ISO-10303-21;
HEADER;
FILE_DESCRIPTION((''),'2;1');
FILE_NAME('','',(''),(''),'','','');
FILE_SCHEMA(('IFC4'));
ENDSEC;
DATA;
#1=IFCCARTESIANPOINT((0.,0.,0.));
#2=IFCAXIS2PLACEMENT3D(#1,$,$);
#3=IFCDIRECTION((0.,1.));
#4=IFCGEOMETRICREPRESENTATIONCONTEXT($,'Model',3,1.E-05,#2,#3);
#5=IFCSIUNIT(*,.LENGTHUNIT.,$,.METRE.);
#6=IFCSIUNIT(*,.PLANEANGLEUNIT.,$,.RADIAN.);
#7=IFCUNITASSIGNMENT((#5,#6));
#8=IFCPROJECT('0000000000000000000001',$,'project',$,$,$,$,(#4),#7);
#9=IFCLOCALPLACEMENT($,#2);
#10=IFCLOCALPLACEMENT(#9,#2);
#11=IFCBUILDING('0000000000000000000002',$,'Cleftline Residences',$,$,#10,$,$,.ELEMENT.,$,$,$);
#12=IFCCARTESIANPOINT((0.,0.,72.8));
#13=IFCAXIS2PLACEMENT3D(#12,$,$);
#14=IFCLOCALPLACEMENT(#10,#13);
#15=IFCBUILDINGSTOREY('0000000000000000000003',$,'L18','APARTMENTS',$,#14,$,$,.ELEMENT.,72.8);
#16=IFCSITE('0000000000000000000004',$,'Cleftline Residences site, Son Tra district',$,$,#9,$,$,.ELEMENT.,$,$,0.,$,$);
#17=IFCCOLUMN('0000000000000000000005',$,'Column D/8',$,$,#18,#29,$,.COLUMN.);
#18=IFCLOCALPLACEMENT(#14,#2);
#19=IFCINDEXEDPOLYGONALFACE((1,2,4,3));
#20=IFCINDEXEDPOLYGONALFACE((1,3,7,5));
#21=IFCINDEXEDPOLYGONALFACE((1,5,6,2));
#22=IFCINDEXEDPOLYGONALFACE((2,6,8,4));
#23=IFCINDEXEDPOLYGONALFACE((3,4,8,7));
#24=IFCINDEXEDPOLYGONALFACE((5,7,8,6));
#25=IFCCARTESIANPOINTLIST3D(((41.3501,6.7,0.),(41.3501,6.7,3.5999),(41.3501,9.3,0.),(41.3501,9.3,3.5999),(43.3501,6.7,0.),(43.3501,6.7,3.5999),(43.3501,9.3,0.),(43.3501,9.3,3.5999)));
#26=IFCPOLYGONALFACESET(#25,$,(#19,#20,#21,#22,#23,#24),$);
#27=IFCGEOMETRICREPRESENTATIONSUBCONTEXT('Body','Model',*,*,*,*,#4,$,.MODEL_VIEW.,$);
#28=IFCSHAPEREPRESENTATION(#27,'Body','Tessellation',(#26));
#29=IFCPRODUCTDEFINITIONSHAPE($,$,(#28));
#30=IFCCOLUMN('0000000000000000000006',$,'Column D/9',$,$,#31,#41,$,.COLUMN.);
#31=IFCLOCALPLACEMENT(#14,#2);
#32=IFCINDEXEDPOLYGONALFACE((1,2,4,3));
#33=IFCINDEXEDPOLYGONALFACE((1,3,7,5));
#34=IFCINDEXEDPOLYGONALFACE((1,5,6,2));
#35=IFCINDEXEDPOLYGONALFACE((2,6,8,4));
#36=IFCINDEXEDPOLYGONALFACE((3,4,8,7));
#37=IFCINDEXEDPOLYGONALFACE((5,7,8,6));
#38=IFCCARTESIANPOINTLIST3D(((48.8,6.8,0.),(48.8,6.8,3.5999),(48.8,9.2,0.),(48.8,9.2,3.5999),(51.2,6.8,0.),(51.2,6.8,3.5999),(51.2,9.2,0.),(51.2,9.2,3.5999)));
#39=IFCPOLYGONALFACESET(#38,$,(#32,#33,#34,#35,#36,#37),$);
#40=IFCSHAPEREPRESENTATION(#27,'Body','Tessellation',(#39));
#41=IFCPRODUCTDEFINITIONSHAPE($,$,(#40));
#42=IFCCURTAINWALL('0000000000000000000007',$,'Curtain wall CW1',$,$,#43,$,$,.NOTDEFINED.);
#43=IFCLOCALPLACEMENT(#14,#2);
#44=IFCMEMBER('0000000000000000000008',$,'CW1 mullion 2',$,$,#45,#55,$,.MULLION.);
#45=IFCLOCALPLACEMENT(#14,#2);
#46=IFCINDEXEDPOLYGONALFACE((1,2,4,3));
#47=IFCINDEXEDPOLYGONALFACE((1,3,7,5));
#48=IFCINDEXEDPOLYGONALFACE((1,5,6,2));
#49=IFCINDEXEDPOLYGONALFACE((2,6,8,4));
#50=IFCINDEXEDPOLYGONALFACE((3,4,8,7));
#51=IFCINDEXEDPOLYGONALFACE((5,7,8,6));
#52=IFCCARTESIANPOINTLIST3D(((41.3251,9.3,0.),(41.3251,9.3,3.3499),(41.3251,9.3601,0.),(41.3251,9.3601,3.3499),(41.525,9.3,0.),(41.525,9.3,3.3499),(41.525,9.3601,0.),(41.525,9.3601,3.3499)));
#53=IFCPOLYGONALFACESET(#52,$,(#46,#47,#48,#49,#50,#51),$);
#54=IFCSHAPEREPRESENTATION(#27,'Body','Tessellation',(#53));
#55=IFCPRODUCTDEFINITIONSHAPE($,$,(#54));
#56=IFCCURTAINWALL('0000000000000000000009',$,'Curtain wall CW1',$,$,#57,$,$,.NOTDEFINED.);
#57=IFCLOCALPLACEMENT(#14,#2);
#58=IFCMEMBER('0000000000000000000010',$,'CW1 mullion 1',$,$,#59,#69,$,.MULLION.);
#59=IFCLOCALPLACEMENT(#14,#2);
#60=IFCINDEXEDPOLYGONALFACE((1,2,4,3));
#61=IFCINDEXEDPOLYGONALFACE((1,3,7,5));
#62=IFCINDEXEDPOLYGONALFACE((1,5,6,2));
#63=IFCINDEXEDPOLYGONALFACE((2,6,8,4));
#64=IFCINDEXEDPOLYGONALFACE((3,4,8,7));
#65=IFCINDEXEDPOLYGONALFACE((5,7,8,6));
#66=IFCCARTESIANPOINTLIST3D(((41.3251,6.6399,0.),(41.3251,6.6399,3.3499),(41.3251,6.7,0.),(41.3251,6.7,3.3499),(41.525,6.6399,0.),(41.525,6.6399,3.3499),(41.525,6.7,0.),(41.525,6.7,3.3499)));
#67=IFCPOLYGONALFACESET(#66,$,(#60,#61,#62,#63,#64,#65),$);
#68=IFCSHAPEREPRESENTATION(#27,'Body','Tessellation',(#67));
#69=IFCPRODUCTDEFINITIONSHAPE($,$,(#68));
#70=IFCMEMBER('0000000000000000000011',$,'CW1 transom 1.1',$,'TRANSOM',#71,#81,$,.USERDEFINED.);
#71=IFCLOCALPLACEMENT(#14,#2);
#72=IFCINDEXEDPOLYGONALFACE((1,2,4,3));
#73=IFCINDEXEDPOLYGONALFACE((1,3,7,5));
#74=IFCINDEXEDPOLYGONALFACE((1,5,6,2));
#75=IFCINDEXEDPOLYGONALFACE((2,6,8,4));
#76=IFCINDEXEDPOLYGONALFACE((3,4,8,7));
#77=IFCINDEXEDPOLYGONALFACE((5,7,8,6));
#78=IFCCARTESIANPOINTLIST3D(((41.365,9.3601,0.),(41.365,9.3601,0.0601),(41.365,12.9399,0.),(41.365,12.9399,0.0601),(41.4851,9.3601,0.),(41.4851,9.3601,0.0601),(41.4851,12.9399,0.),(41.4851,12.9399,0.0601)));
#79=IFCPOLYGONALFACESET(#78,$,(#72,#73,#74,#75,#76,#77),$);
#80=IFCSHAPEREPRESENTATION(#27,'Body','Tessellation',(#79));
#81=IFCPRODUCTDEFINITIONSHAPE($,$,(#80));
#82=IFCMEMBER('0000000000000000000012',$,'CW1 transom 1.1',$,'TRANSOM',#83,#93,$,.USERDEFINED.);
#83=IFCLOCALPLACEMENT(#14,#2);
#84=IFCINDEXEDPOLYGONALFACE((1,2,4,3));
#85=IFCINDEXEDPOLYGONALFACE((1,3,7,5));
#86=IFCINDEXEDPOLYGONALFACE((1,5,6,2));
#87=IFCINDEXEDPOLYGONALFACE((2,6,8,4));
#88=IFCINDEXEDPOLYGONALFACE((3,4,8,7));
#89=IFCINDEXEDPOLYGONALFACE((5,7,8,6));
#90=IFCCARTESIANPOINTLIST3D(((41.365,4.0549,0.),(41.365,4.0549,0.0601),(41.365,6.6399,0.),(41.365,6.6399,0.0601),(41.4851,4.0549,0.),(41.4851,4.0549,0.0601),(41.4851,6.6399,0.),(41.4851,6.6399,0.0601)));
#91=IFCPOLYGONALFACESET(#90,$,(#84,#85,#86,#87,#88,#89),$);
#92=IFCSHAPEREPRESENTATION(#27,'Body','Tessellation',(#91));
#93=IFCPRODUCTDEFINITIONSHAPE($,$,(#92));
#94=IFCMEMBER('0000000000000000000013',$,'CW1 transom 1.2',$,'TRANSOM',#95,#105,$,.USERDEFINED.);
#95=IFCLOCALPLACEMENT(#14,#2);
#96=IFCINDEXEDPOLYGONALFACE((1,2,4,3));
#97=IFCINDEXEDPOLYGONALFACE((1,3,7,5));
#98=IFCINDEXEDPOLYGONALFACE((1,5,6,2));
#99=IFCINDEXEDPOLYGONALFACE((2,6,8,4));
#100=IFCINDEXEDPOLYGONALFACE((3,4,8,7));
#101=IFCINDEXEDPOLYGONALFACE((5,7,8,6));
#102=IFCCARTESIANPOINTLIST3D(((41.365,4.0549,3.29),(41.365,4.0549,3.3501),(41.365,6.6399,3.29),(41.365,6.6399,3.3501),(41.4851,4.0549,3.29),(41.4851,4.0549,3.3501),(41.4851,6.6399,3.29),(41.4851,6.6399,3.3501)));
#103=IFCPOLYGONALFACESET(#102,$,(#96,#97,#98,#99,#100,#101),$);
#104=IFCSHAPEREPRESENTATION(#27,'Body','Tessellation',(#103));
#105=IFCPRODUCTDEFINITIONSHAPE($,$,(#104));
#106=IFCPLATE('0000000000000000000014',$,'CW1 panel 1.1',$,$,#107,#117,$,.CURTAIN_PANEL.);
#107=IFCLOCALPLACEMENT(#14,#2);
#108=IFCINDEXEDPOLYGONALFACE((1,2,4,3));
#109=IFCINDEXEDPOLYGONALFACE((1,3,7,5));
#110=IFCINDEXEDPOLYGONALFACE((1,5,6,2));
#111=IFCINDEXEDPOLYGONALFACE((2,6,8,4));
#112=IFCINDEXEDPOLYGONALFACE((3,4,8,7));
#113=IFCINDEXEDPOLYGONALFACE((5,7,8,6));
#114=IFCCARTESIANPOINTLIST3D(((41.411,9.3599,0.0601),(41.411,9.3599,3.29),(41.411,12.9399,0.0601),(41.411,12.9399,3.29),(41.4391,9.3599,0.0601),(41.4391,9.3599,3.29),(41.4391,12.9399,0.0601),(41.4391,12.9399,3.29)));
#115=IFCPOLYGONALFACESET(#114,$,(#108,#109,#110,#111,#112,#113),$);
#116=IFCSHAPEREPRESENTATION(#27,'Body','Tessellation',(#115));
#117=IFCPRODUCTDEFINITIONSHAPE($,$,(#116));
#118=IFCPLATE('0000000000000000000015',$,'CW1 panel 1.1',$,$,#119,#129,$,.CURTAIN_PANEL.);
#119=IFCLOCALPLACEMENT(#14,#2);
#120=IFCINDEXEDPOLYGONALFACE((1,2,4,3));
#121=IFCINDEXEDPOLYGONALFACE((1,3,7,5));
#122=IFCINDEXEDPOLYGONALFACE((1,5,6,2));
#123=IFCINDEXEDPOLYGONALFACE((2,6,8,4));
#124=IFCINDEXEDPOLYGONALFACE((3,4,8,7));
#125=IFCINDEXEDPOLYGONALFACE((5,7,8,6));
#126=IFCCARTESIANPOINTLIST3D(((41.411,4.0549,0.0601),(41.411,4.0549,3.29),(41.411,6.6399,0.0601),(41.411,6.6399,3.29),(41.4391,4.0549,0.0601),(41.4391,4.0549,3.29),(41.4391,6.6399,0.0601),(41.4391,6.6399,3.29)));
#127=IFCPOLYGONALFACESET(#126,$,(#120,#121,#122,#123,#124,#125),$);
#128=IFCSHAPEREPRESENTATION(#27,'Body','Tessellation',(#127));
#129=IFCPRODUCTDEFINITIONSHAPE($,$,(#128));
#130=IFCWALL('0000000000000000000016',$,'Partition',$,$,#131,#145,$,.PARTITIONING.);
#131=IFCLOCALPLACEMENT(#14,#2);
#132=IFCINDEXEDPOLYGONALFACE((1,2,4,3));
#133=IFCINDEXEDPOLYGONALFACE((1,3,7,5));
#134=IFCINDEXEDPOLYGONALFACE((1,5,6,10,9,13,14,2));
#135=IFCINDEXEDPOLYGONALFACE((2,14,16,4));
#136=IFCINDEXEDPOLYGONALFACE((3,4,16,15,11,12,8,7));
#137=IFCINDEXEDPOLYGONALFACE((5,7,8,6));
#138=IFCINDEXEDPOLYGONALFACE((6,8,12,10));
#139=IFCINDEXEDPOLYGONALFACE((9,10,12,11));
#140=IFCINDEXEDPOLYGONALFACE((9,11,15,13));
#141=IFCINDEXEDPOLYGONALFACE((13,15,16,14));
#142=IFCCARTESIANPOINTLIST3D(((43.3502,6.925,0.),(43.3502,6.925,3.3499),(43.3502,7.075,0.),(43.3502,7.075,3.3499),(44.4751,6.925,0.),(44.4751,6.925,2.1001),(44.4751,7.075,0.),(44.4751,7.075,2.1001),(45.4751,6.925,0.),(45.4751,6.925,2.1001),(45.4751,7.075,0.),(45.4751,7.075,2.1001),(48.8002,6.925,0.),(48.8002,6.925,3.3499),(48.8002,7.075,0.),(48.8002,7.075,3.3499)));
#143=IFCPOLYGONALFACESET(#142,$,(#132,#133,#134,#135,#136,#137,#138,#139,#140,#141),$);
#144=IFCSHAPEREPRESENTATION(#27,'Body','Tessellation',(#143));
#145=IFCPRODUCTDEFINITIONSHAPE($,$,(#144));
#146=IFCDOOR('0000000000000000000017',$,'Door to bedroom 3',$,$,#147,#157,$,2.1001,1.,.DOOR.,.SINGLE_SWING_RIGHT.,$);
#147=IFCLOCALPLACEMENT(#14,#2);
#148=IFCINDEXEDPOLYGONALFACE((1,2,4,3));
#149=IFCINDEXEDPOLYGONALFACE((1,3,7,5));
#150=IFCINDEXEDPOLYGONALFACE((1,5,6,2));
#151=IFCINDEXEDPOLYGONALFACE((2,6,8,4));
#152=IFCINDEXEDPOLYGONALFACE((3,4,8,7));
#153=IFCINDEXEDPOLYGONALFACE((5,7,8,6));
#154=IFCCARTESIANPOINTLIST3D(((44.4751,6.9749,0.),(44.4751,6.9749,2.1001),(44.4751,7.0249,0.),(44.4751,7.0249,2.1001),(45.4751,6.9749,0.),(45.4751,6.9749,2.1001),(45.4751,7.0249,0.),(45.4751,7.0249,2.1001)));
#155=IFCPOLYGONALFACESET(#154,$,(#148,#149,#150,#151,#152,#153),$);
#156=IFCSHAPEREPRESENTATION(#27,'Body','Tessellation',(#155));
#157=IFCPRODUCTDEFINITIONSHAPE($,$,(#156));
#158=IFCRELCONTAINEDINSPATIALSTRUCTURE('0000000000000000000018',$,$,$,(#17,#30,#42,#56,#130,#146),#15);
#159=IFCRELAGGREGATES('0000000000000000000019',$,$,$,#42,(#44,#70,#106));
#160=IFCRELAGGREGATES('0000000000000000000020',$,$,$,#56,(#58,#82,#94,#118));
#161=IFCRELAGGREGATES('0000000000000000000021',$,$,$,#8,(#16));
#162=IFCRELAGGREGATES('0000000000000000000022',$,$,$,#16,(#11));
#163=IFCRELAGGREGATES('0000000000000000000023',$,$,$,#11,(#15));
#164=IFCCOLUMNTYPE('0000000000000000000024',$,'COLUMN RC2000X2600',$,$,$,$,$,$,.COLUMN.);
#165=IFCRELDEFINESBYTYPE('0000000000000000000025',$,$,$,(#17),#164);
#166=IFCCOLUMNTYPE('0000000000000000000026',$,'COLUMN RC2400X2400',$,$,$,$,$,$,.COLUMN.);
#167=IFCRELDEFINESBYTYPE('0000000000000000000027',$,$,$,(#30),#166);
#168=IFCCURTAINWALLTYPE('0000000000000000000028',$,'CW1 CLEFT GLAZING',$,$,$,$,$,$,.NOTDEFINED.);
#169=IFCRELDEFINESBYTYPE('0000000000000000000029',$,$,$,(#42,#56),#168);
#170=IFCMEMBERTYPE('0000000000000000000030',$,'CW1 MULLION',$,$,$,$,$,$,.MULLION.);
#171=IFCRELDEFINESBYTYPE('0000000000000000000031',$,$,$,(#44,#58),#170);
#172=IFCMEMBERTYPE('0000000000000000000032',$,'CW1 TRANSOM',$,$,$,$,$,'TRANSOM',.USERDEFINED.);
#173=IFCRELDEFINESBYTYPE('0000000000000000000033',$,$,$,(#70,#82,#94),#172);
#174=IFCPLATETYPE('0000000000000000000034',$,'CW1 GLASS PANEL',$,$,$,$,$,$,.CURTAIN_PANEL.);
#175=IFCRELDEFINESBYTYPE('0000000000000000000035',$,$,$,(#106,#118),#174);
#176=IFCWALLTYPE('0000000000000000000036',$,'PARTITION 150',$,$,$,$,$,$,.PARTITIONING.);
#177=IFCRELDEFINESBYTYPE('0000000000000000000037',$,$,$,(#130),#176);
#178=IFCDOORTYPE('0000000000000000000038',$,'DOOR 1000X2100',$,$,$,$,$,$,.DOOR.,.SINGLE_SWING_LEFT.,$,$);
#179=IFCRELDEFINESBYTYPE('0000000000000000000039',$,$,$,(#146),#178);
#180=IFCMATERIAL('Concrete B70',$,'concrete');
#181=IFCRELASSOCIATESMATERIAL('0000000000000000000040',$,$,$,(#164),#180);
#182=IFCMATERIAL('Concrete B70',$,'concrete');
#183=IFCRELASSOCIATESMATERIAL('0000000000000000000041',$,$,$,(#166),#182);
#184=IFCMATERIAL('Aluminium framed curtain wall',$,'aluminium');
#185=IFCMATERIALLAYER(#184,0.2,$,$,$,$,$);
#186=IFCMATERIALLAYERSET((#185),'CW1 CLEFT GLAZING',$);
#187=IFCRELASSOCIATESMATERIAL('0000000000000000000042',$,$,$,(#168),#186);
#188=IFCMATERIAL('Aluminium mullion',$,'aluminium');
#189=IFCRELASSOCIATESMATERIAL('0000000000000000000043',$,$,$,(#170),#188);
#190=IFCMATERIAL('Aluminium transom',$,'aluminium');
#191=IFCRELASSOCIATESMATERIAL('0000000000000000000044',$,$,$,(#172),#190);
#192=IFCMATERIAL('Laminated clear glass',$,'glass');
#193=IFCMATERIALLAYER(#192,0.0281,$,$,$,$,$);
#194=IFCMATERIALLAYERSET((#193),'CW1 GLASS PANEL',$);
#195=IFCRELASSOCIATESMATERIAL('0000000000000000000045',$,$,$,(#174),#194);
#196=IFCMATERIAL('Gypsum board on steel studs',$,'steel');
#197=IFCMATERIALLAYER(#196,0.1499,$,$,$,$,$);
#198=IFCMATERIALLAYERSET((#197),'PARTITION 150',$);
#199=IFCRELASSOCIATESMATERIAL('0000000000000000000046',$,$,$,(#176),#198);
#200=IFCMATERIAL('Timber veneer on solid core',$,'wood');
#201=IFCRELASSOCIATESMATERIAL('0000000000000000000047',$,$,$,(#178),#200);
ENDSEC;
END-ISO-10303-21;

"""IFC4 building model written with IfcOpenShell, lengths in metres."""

from ifc_helpers import new_model, si_unit, direction, frame, frame_2d, origin, origin_2d, place, context, subcontext, project, spatial, rectangle, extrude, material, layer, layer_set, material_profile, profile_set, type_object, element, fill, aggregate, save


model = new_model("IFC4")

# Units and contexts
model_context = context("Model", 3, precision=1e-05, world=origin(), true_north=direction((0.0, 1.0)))
body_context = subcontext(model_context, "Body", "Model", "MODEL_VIEW")
ifc_project = project(units=[si_unit("LENGTHUNIT", "METRE"), si_unit("PLANEANGLEUNIT", "RADIAN")], contexts=[model_context])

# Site, building, storey
site_placement = place(None, origin())
site = spatial("IfcSite", under=ifc_project, at=site_placement, Name="Cleftline Residences site, Son Tra district", CompositionType="ELEMENT", RefElevation=0.0)
building_placement = place(site_placement, origin())
building = spatial("IfcBuilding", under=site, at=building_placement, Name="Cleftline Residences", CompositionType="ELEMENT")
storey_placement = place(building_placement, frame((0.0, 0.0, 72.8)))
storey = spatial("IfcBuildingStorey", under=building, at=storey_placement, Name="L18", Description="APARTMENTS", CompositionType="ELEMENT", Elevation=72.8)

# Columns
ifc_material_1 = material(Name="Concrete B70", Category="concrete")
ifc_material_profile_1 = material_profile(ifc_material_1, rectangle(XDim=2.0, YDim=2.6001, at=origin_2d()))
ifc_profile_set_1 = profile_set([ifc_material_profile_1], Name="Concrete B70")
column_type_1 = type_object("IfcColumnType", Name="COLUMN RC2000X2600", PredefinedType="COLUMN", material=ifc_profile_set_1)
column_1_placement = place(storey_placement, frame((42.3501, 8.0, 0.0), z_axis=(0.0, 0.0, 1.0), x_axis=(1.0, 0.0, 0.0)))
element("IfcColumn", 1, at=column_1_placement, inside=storey, type_object=column_type_1, Name="Column D/8", PredefinedType="COLUMN", context=body_context, shape_type="SweptSolid", body=[
    extrude(rectangle(XDim=2.0, YDim=2.6001, at=origin_2d()), origin(), (0.0, 0.0, 1.0), 3.5999),
])
ifc_material_2 = material(Name="Concrete B70", Category="concrete")
ifc_material_profile_2 = material_profile(ifc_material_2, rectangle(XDim=2.3999, YDim=2.3999, at=origin_2d()))
ifc_profile_set_2 = profile_set([ifc_material_profile_2], Name="Concrete B70")
column_type_2 = type_object("IfcColumnType", Name="COLUMN RC2400X2400", PredefinedType="COLUMN", material=ifc_profile_set_2)
column_2_placement = place(storey_placement, frame((50.0, 8.0, 0.0), z_axis=(0.0, 0.0, 1.0), x_axis=(1.0, 0.0, 0.0)))
element("IfcColumn", 2, at=column_2_placement, inside=storey, type_object=column_type_2, Name="Column D/9", PredefinedType="COLUMN", context=body_context, shape_type="SweptSolid", body=[
    extrude(rectangle(XDim=2.3999, YDim=2.3999, at=origin_2d()), origin(), (0.0, 0.0, 1.0), 3.5999),
])

# Curtain walls, members
ifc_material_3 = material(Name="Aluminium framed curtain wall", Category="aluminium")
ifc_layer_1 = layer(ifc_material_3, 0.2)
ifc_layer_set_1 = layer_set([ifc_layer_1], Name="CW1 CLEFT GLAZING")
curtain_wall_type = type_object("IfcCurtainWallType", Name="CW1 CLEFT GLAZING", PredefinedType="NOTDEFINED", material=ifc_layer_set_1)
curtain_wall_1_placement = place(storey_placement, origin())
curtain_wall_1 = element("IfcCurtainWall", 3, at=curtain_wall_1_placement, inside=storey, type_object=curtain_wall_type, Name="Curtain wall CW1", PredefinedType="NOTDEFINED")
ifc_material_4 = material(Name="Aluminium mullion", Category="aluminium")
ifc_material_profile_3 = material_profile(ifc_material_4, rectangle(XDim=0.2, YDim=0.0601, at=origin_2d()))
ifc_profile_set_3 = profile_set([ifc_material_profile_3], Name="Aluminium mullion")
member_type_1 = type_object("IfcMemberType", Name="CW1 MULLION", PredefinedType="MULLION", material=ifc_profile_set_3)
member_1_placement = place(storey_placement, frame((41.425, 9.3301, 0.0), z_axis=(0.0, 0.0, 1.0), x_axis=(1.0, 0.0, 0.0)))
member_1 = element("IfcMember", 4, at=member_1_placement, type_object=member_type_1, Name="CW1 mullion 2", PredefinedType="MULLION", context=body_context, shape_type="SweptSolid", body=[
    extrude(rectangle(XDim=0.2, YDim=0.0601, at=origin_2d()), origin(), (0.0, 0.0, 1.0), 3.3499),
])
curtain_wall_2_placement = place(storey_placement, origin())
curtain_wall_2 = element("IfcCurtainWall", 5, at=curtain_wall_2_placement, inside=storey, type_object=curtain_wall_type, Name="Curtain wall CW1", PredefinedType="NOTDEFINED")
member_2_placement = place(storey_placement, frame((41.425, 6.6699, 0.0), z_axis=(0.0, 0.0, 1.0), x_axis=(1.0, 0.0, 0.0)))
member_2 = element("IfcMember", 6, at=member_2_placement, type_object=member_type_1, Name="CW1 mullion 1", PredefinedType="MULLION", context=body_context, shape_type="SweptSolid", body=[
    extrude(rectangle(XDim=0.2, YDim=0.0601, at=origin_2d()), origin(), (0.0, 0.0, 1.0), 3.3499),
])

# Members
ifc_material_5 = material(Name="Aluminium transom", Category="aluminium")
ifc_material_profile_4 = material_profile(ifc_material_5, rectangle(XDim=0.1201, YDim=0.0601, at=origin_2d()))
ifc_profile_set_4 = profile_set([ifc_material_profile_4], Name="Aluminium transom")
member_type_2 = type_object("IfcMemberType", Name="CW1 TRANSOM", ElementType="TRANSOM", PredefinedType="USERDEFINED", material=ifc_profile_set_4)
member_3_placement = place(storey_placement, frame((41.425, 12.9399, 0.03), z_axis=(0.0, -1.0, 0.0), x_axis=(1.0, 0.0, 0.0)))
member_3 = element("IfcMember", 7, at=member_3_placement, type_object=member_type_2, Name="CW1 transom 1.1", ObjectType="TRANSOM", PredefinedType="USERDEFINED", context=body_context, shape_type="SweptSolid", body=[
    extrude(rectangle(XDim=0.1201, YDim=0.0601, at=origin_2d()), origin(), (0.0, 0.0, 1.0), 3.5798),
])
member_4_placement = place(storey_placement, frame((41.425, 6.6399, 0.03), z_axis=(0.0, -1.0, 0.0), x_axis=(1.0, 0.0, 0.0)))
member_4 = element("IfcMember", 8, at=member_4_placement, type_object=member_type_2, Name="CW1 transom 1.1", ObjectType="TRANSOM", PredefinedType="USERDEFINED", context=body_context, shape_type="SweptSolid", body=[
    extrude(rectangle(XDim=0.1201, YDim=0.0601, at=origin_2d()), origin(), (0.0, 0.0, 1.0), 2.585),
])
member_5_placement = place(storey_placement, frame((41.425, 6.6399, 3.3201), z_axis=(0.0, -1.0, 0.0), x_axis=(1.0, 0.0, 0.0)))
member_5 = element("IfcMember", 9, at=member_5_placement, type_object=member_type_2, Name="CW1 transom 1.2", ObjectType="TRANSOM", PredefinedType="USERDEFINED", context=body_context, shape_type="SweptSolid", body=[
    extrude(rectangle(XDim=0.1201, YDim=0.0601, at=origin_2d()), origin(), (0.0, 0.0, 1.0), 2.585),
])

# Plates
ifc_material_6 = material(Name="Laminated clear glass", Category="glass")
ifc_layer_2 = layer(ifc_material_6, 0.0281)
ifc_layer_set_2 = layer_set([ifc_layer_2], Name="CW1 GLASS PANEL")
plate_type = type_object("IfcPlateType", Name="CW1 GLASS PANEL", PredefinedType="CURTAIN_PANEL", material=ifc_layer_set_2)
plate_1_placement = place(storey_placement, frame((41.425, 11.1499, 0.0601), z_axis=(0.0, 0.0, 1.0), x_axis=(0.0, -1.0, 0.0)))
plate_1 = element("IfcPlate", 10, at=plate_1_placement, type_object=plate_type, Name="CW1 panel 1.1", PredefinedType="CURTAIN_PANEL", context=body_context, shape_type="SweptSolid", body=[
    extrude(rectangle(XDim=3.5801, YDim=0.0281, at=origin_2d()), origin(), (0.0, 0.0, 1.0), 3.23),
])
aggregate(curtain_wall_1, [member_1, member_3, plate_1])
plate_2_placement = place(storey_placement, frame((41.425, 5.3474, 0.0601), z_axis=(0.0, 0.0, 1.0), x_axis=(0.0, -1.0, 0.0)))
plate_2 = element("IfcPlate", 11, at=plate_2_placement, type_object=plate_type, Name="CW1 panel 1.1", PredefinedType="CURTAIN_PANEL", context=body_context, shape_type="SweptSolid", body=[
    extrude(rectangle(XDim=2.585, YDim=0.0281, at=origin_2d()), origin(), (0.0, 0.0, 1.0), 3.23),
])
aggregate(curtain_wall_2, [member_2, member_4, member_5, plate_2])

# Wall, opening, door
ifc_material_7 = material(Name="Gypsum board on steel studs", Category="steel")
ifc_layer_3 = layer(ifc_material_7, 0.1499)
ifc_layer_set_3 = layer_set([ifc_layer_3], Name="PARTITION 150")
wall_type = type_object("IfcWallType", Name="PARTITION 150", PredefinedType="PARTITIONING", material=ifc_layer_set_3)
wall_1_placement = place(storey_placement, frame((43.3501, 7.0, 0.0), z_axis=(0.0, 0.0, 1.0), x_axis=(1.0, 0.0, 0.0)))
wall_1 = element("IfcWall", 12, at=wall_1_placement, inside=storey, type_object=wall_type, Name="Partition", PredefinedType="PARTITIONING", context=body_context, shape_type="SweptSolid", body=[
    extrude(rectangle(XDim=5.45, YDim=0.1499, at=frame_2d((2.7251, 0.0))), origin(), (0.0, 0.0, 1.0), 3.3499),
])
opening_1_placement = place(wall_1_placement, frame((1.125, 0.0, 0.0)))
opening_1 = element("IfcOpeningElement", 13, at=opening_1_placement, cuts=wall_1, PredefinedType="OPENING", context=body_context, shape_type="SweptSolid", body=[
    extrude(rectangle(XDim=1.0, YDim=2.1001, at=frame_2d((0.5, 1.05))), frame((0.0, 0.085, 0.0), z_axis=(0.0, -1.0, 0.0), x_axis=(1.0, 0.0, 0.0)), (0.0, 0.0, 1.0), 0.1699),
])
ifc_material_8 = material(Name="Timber veneer on solid core", Category="wood")
door_type_1 = type_object("IfcDoorType", Name="DOOR 1000X2100", OperationType="SINGLE_SWING_LEFT", PredefinedType="DOOR", material=ifc_material_8)
door_1_placement = place(opening_1_placement, origin())
door_1 = element("IfcDoor", 14, at=door_1_placement, inside=storey, type_object=door_type_1, Name="Door to bedroom 3", OperationType="SINGLE_SWING_RIGHT", OverallHeight=2.1001, OverallWidth=1.0, PredefinedType="DOOR", context=body_context, shape_type="SweptSolid", body=[
    extrude(rectangle(XDim=1.0, YDim=2.1001, at=frame_2d((0.5, 1.05))), frame((0.0, 0.0249, 0.0), z_axis=(0.0, -1.0, 0.0), x_axis=(1.0, 0.0, 0.0)), (0.0, 0.0, 1.0), 0.05),
])
fill(opening_1, door_1)

save(model, "model.ifc")
